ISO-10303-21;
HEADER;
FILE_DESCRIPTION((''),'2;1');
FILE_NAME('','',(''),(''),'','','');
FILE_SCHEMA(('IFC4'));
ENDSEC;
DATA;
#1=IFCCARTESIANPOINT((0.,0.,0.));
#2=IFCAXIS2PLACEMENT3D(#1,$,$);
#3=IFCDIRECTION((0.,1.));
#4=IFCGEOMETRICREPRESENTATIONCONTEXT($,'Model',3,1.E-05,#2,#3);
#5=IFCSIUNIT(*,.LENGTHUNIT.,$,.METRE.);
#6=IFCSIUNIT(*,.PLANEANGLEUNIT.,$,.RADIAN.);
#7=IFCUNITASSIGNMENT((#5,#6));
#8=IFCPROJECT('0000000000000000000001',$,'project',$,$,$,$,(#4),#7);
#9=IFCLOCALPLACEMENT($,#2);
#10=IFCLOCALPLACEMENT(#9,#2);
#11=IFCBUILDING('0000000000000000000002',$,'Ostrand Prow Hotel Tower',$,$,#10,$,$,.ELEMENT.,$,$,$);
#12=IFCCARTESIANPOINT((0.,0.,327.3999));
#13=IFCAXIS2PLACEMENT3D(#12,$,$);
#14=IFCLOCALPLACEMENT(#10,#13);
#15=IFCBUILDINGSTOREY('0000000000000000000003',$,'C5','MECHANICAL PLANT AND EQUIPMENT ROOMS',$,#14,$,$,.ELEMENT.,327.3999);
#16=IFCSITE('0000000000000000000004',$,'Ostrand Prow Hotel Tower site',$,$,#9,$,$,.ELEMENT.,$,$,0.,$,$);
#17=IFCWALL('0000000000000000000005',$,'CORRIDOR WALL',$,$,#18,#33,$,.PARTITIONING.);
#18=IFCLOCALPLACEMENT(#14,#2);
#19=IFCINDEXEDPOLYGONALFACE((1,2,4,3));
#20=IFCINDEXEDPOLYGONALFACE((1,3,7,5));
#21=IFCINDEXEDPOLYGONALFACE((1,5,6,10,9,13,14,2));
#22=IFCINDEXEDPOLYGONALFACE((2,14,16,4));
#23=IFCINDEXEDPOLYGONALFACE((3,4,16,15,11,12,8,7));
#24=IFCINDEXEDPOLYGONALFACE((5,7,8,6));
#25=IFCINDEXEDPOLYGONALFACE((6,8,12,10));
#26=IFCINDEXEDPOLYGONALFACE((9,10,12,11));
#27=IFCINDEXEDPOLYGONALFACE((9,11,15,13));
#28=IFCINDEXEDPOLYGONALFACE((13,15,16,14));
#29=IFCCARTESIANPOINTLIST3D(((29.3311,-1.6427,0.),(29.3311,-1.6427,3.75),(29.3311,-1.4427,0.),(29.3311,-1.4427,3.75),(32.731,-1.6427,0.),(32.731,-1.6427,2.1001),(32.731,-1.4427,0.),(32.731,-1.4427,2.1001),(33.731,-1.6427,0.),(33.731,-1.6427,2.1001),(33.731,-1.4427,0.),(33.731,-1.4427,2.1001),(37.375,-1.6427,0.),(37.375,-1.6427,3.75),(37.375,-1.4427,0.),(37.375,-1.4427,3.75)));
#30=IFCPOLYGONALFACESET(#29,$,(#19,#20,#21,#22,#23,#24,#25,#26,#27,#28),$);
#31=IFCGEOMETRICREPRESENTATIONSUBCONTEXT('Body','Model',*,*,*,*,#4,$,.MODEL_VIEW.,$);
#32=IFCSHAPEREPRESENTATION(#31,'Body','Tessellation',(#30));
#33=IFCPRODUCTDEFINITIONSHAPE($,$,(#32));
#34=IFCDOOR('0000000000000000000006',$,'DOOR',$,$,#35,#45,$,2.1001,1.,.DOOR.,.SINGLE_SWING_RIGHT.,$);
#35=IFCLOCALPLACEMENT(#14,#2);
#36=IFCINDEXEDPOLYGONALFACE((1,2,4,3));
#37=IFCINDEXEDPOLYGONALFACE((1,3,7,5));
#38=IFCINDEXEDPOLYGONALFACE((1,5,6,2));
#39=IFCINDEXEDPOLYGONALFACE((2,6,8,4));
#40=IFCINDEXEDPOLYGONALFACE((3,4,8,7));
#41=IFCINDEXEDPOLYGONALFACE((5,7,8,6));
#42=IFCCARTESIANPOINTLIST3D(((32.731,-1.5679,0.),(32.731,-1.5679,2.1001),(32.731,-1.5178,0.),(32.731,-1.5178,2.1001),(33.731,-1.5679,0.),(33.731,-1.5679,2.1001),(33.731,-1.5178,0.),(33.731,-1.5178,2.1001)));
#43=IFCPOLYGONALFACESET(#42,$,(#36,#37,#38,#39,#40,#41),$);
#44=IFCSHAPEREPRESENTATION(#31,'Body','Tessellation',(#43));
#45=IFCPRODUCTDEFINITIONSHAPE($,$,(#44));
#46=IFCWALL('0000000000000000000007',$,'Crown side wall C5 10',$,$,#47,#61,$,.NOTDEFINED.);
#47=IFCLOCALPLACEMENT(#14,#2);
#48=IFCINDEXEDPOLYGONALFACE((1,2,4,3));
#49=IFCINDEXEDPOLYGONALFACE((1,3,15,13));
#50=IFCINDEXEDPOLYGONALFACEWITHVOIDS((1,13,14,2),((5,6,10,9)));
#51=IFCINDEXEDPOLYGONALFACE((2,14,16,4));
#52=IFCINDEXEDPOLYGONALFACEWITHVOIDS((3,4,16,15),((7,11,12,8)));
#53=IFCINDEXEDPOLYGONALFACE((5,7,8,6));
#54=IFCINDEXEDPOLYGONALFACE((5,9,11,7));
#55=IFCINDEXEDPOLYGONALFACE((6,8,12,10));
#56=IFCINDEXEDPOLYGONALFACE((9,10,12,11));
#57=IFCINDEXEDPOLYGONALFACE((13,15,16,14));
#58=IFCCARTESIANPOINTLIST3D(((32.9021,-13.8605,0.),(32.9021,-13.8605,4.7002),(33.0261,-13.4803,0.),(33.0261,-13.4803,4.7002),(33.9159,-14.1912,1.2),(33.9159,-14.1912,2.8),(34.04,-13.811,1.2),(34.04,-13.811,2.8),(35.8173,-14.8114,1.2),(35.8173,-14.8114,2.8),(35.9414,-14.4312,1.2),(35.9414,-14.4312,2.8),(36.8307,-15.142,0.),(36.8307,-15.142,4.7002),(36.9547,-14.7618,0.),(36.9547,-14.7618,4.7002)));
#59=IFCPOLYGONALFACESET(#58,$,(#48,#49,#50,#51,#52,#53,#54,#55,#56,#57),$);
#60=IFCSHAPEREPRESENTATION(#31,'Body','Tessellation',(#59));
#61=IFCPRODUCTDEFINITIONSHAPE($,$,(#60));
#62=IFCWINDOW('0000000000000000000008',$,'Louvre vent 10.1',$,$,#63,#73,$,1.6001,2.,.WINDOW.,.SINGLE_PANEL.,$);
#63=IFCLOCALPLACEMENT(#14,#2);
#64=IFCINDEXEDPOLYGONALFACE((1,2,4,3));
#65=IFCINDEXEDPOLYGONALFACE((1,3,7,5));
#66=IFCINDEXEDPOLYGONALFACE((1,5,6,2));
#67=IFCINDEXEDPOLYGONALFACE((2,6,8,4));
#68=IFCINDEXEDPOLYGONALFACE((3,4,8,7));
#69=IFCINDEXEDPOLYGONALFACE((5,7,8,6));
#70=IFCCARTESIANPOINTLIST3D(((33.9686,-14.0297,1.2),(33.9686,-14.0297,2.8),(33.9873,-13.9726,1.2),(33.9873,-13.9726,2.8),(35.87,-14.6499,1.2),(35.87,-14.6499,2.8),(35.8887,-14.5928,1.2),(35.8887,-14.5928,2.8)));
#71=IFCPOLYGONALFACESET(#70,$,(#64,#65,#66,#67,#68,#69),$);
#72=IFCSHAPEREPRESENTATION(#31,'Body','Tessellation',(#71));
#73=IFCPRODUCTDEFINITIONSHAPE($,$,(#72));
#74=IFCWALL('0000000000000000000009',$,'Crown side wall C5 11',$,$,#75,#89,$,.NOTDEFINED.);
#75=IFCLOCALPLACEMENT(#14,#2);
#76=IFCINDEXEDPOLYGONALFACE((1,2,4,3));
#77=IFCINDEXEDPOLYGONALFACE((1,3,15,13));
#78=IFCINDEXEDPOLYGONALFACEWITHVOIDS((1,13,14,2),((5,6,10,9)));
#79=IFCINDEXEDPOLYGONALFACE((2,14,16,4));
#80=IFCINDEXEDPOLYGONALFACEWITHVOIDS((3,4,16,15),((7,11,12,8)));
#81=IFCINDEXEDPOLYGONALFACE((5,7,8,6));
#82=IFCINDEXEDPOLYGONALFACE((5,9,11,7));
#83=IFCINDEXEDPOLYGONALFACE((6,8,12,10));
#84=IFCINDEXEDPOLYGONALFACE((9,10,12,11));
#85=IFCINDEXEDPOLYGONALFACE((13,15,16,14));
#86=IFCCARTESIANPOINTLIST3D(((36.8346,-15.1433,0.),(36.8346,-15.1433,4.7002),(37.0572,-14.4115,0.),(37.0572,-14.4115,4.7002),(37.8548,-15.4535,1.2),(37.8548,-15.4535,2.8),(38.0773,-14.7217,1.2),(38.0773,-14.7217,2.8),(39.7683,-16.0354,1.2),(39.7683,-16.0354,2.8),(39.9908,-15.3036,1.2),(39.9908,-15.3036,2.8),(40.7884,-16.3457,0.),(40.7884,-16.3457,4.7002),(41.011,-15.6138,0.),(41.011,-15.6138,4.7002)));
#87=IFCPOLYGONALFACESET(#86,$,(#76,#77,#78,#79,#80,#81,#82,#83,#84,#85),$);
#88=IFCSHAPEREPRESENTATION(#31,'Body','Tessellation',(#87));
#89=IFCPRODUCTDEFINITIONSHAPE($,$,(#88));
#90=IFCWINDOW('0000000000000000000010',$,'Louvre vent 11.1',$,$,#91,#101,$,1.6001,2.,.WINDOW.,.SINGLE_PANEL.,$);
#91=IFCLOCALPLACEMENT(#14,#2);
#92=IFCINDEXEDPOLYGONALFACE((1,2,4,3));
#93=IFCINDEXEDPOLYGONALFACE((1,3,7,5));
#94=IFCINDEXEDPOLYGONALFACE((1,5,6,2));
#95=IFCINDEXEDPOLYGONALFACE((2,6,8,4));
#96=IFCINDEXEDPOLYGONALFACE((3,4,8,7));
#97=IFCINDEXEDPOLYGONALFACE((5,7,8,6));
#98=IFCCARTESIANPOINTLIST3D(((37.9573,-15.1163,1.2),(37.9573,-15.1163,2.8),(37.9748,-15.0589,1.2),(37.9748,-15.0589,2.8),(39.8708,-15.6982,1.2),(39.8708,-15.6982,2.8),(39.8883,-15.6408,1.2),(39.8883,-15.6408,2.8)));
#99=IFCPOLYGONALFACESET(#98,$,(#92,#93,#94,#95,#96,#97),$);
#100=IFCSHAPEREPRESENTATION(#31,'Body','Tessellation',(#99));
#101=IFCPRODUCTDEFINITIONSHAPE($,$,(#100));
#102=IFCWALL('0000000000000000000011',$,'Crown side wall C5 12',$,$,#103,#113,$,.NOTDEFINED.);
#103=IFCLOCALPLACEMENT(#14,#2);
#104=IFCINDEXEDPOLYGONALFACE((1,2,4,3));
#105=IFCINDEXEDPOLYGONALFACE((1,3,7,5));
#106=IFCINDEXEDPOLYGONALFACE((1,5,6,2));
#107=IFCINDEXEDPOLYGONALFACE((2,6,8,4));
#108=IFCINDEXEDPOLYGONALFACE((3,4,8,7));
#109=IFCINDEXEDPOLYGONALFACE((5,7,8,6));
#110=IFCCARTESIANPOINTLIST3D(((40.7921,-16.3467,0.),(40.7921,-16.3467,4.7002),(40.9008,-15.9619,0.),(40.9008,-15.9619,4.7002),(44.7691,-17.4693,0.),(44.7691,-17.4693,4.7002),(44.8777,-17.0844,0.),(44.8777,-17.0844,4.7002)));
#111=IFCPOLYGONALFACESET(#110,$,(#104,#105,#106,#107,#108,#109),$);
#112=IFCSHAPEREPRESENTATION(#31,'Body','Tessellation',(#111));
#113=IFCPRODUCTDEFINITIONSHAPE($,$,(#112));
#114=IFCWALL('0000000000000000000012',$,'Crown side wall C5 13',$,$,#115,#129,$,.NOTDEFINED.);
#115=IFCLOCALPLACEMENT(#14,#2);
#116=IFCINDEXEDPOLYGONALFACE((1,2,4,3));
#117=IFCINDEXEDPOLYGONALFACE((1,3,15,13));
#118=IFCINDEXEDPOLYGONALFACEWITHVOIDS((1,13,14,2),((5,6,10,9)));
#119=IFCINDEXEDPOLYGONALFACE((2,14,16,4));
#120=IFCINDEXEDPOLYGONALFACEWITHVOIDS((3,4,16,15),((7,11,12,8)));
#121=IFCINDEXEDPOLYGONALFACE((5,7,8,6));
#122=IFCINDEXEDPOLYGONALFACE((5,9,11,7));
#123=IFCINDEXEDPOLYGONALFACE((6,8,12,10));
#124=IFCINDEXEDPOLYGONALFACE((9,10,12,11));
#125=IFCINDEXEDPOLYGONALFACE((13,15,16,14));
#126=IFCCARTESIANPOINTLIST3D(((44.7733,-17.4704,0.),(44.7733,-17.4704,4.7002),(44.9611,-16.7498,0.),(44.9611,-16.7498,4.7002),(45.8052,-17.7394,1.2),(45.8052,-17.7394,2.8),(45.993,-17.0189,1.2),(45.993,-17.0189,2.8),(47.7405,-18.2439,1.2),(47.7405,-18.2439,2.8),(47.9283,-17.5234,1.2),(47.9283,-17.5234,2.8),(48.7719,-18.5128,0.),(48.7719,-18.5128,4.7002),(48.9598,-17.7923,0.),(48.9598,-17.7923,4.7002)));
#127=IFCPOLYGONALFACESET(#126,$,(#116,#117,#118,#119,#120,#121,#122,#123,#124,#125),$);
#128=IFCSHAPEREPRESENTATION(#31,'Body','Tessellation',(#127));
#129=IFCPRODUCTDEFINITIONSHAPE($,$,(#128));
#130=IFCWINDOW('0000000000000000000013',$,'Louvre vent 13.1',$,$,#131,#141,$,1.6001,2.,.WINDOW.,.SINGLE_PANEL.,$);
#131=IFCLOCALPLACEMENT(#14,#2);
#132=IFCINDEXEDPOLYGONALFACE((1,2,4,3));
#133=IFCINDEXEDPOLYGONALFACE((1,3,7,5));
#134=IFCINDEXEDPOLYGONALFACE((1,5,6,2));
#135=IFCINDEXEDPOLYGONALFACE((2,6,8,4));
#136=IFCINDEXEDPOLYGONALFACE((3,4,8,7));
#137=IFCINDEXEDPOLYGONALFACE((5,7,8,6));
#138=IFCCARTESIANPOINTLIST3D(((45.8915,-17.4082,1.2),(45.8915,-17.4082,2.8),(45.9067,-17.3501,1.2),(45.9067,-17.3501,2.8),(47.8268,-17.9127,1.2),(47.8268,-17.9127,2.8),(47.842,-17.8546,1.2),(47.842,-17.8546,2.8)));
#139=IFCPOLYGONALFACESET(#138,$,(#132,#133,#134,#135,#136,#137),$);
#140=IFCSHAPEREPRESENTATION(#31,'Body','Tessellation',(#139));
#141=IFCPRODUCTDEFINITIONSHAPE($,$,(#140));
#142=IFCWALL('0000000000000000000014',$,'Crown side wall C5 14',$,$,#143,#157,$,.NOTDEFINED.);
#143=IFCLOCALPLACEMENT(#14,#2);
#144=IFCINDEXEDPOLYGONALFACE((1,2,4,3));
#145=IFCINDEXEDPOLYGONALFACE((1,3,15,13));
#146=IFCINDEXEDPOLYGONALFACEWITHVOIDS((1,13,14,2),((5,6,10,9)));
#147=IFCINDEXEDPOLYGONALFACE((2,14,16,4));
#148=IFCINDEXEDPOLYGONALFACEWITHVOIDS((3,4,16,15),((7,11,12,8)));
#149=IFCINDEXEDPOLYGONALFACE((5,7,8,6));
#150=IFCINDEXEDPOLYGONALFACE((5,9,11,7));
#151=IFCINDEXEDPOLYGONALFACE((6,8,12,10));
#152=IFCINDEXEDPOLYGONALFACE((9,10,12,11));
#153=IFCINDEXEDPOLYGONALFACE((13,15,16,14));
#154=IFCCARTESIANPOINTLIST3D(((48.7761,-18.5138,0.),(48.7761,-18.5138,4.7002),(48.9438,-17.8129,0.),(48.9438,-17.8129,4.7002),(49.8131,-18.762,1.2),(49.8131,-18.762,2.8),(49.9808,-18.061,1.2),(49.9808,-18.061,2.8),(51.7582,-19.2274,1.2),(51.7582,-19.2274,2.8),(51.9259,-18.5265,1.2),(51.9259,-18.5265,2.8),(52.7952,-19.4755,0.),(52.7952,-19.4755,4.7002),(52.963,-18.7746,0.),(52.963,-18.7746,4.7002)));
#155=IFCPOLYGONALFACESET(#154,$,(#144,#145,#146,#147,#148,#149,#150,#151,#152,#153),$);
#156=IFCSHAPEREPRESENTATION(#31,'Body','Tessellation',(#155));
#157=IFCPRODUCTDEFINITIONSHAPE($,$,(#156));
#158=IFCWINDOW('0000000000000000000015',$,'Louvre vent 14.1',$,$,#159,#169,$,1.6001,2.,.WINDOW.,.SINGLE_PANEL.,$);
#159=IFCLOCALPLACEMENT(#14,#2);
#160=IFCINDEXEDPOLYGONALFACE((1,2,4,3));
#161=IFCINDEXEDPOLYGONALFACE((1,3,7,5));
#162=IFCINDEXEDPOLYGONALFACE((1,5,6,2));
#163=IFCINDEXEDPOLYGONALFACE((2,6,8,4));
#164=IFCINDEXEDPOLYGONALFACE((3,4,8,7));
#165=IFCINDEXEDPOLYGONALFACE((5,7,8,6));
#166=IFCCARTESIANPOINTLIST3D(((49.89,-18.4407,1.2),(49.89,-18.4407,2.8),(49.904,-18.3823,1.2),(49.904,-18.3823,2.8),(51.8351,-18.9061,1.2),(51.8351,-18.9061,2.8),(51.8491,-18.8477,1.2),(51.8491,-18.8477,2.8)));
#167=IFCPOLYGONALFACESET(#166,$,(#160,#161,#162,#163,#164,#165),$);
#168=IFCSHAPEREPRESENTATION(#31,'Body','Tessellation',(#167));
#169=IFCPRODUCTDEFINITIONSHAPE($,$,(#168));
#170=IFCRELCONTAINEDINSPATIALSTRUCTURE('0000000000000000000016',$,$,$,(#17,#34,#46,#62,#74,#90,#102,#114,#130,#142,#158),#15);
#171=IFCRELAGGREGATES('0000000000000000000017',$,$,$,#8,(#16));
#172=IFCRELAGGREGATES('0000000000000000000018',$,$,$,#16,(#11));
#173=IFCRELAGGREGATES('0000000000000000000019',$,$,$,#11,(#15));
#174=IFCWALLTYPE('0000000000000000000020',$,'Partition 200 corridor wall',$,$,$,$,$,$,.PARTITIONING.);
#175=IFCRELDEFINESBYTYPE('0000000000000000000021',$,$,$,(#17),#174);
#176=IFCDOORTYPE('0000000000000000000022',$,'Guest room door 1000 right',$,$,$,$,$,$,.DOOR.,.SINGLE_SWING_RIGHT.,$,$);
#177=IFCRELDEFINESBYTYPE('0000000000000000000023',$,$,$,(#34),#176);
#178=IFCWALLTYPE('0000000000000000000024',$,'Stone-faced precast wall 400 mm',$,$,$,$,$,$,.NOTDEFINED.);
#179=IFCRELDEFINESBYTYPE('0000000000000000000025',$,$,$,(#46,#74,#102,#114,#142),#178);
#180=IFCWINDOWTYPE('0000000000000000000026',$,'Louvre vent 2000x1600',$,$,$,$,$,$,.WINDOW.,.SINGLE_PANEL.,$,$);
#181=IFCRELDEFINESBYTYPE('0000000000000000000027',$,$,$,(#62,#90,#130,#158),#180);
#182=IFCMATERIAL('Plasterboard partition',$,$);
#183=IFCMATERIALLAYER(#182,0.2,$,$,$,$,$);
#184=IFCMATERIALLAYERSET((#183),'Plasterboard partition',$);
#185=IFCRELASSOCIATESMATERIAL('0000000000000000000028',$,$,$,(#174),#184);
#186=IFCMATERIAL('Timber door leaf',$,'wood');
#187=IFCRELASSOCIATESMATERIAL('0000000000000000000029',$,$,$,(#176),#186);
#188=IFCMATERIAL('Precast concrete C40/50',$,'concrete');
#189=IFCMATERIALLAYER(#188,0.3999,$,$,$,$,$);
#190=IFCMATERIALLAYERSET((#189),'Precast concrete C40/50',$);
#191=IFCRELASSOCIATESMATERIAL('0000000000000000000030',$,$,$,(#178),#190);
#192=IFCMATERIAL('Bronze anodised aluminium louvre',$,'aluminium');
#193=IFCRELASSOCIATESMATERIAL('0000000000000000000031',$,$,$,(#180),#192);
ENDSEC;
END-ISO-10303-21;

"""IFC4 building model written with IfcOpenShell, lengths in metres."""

from ifc_helpers import new_model, si_unit, direction, frame, frame_2d, origin, place, context, subcontext, project, spatial, rectangle, extrude, material, layer, layer_set, type_object, element, fill, save


model = new_model("IFC4")

# Units and contexts
model_context = context("Model", 3, precision=1e-05, world=origin(), true_north=direction((0.0, 1.0)))
body_context = subcontext(model_context, "Body", "Model", "MODEL_VIEW")
ifc_project = project(units=[si_unit("LENGTHUNIT", "METRE"), si_unit("PLANEANGLEUNIT", "RADIAN")], contexts=[model_context])

# Site, building, storey
site_placement = place(None, origin())
site = spatial("IfcSite", under=ifc_project, at=site_placement, Name="Ostrand Prow Hotel Tower site", CompositionType="ELEMENT", RefElevation=0.0)
building_placement = place(site_placement, origin())
building = spatial("IfcBuilding", under=site, at=building_placement, Name="Ostrand Prow Hotel Tower", CompositionType="ELEMENT")
storey_placement = place(building_placement, frame((0.0, 0.0, 327.3999)))
storey = spatial("IfcBuildingStorey", under=building, at=storey_placement, Name="C5", Description="MECHANICAL PLANT AND EQUIPMENT ROOMS", CompositionType="ELEMENT", Elevation=327.3999)

# Wall, opening, door
ifc_material_1 = material(Name="Plasterboard partition")
ifc_layer_1 = layer(ifc_material_1, 0.2)
ifc_layer_set_1 = layer_set([ifc_layer_1], Name="Plasterboard partition")
wall_type_1 = type_object("IfcWallType", Name="Partition 200 corridor wall", PredefinedType="PARTITIONING", material=ifc_layer_set_1)
wall_1_placement = place(storey_placement, frame((29.3311, -1.5427, 0.0), z_axis=(0.0, 0.0, 1.0), x_axis=(1.0, 0.0, 0.0)))
wall_1 = element("IfcWall", 1, at=wall_1_placement, inside=storey, type_object=wall_type_1, Name="CORRIDOR WALL", PredefinedType="PARTITIONING", context=body_context, shape_type="SweptSolid", body=[
    extrude(rectangle(XDim=8.0439, YDim=0.2, at=frame_2d((4.022, 0.0))), origin(), (0.0, 0.0, 1.0), 3.75),
])
opening_1_placement = place(wall_1_placement, frame((3.3999, 0.0, 0.0)))
opening_1 = element("IfcOpeningElement", 2, at=opening_1_placement, cuts=wall_1, PredefinedType="OPENING", context=body_context, shape_type="SweptSolid", body=[
    extrude(rectangle(XDim=1.0, YDim=2.1001, at=frame_2d((0.5, 1.05))), frame((0.0, 0.1099, 0.0), z_axis=(0.0, -1.0, 0.0), x_axis=(1.0, 0.0, 0.0)), (0.0, 0.0, 1.0), 0.22),
])
ifc_material_2 = material(Name="Timber door leaf", Category="wood")
door_type_1 = type_object("IfcDoorType", Name="Guest room door 1000 right", OperationType="SINGLE_SWING_RIGHT", PredefinedType="DOOR", material=ifc_material_2)
door_1_placement = place(opening_1_placement, origin())
door_1 = element("IfcDoor", 3, at=door_1_placement, inside=storey, type_object=door_type_1, Name="DOOR", OperationType="SINGLE_SWING_RIGHT", OverallHeight=2.1001, OverallWidth=1.0, PredefinedType="DOOR", context=body_context, shape_type="SweptSolid", body=[
    extrude(rectangle(XDim=1.0, YDim=2.1001, at=frame_2d((0.5, 1.05))), frame((0.0, 0.0249, 0.0), z_axis=(0.0, -1.0, 0.0), x_axis=(1.0, 0.0, 0.0)), (0.0, 0.0, 1.0), 0.05),
])
fill(opening_1, door_1)

# Walls, openings, windows
ifc_material_3 = material(Name="Precast concrete C40/50", Category="concrete")
ifc_layer_2 = layer(ifc_material_3, 0.3999)
ifc_layer_set_2 = layer_set([ifc_layer_2], Name="Precast concrete C40/50")
wall_type_2 = type_object("IfcWallType", Name="Stone-faced precast wall 400 mm", PredefinedType="NOTDEFINED", material=ifc_layer_set_2)
wall_2_placement = place(storey_placement, frame((32.9641, -13.6704, 0.0), z_axis=(0.0, 0.0, 1.0), x_axis=(0.950702, -0.310107, 0.0)))
wall_2 = element("IfcWall", 4, at=wall_2_placement, inside=storey, type_object=wall_type_2, Name="Crown side wall C5 10", PredefinedType="NOTDEFINED", context=body_context, shape_type="SweptSolid", body=[
    extrude(rectangle(XDim=4.1323, YDim=0.3999, at=frame_2d((2.0662, 0.0))), origin(), (0.0, 0.0, 1.0), 4.7002),
])
opening_2_placement = place(wall_2_placement, frame((1.0664, 0.0, 1.2)))
opening_2 = element("IfcOpeningElement", 5, at=opening_2_placement, cuts=wall_2, PredefinedType="OPENING", context=body_context, shape_type="SweptSolid", body=[
    extrude(rectangle(XDim=2.0, YDim=1.6001, at=frame_2d((1.0, 0.8))), frame((0.0, 0.21, 0.0), z_axis=(0.0, -1.0, 0.0), x_axis=(1.0, 0.0, 0.0)), (0.0, 0.0, 1.0), 0.4199),
])
ifc_material_4 = material(Name="Bronze anodised aluminium louvre", Category="aluminium")
window_type = type_object("IfcWindowType", Name="Louvre vent 2000x1600", PartitioningType="SINGLE_PANEL", PredefinedType="WINDOW", material=ifc_material_4)
window_1_placement = place(opening_2_placement, origin())
window_1 = element("IfcWindow", 6, at=window_1_placement, inside=storey, type_object=window_type, Name="Louvre vent 10.1", OverallHeight=1.6001, OverallWidth=2.0, PartitioningType="SINGLE_PANEL", PredefinedType="WINDOW", context=body_context, shape_type="SweptSolid", body=[
    extrude(rectangle(XDim=2.0, YDim=1.6001, at=frame_2d((1.0, 0.8))), frame((0.0, 0.03, 0.0), z_axis=(0.0, -1.0, 0.0), x_axis=(1.0, 0.0, 0.0)), (0.0, 0.0, 1.0), 0.0601),
])
fill(opening_2, window_1)
wall_3_placement = place(storey_placement, frame((36.9458, -14.7773, 0.0), z_axis=(0.0, 0.0, 1.0), x_axis=(0.956738, -0.29095, 0.0)))
wall_3 = element("IfcWall", 7, at=wall_3_placement, inside=storey, type_object=wall_type_2, Name="Crown side wall C5 11", PredefinedType="NOTDEFINED", context=body_context, shape_type="SweptSolid", body=[
    extrude(rectangle(XDim=4.1326, YDim=0.7649, at=frame_2d((2.0664, 0.0))), origin(), (0.0, 0.0, 1.0), 4.7002),
])
opening_3_placement = place(wall_3_placement, frame((1.0664, 0.0, 1.2)))
opening_3 = element("IfcOpeningElement", 8, at=opening_3_placement, cuts=wall_3, PredefinedType="OPENING", context=body_context, shape_type="SweptSolid", body=[
    extrude(rectangle(XDim=2.0, YDim=1.6001, at=frame_2d((1.0, 0.8))), frame((0.0, 0.3923, 0.0), z_axis=(0.0, -1.0, 0.0), x_axis=(1.0, 0.0, 0.0)), (0.0, 0.0, 1.0), 0.7849),
])
window_2_placement = place(opening_3_placement, origin())
window_2 = element("IfcWindow", 9, at=window_2_placement, inside=storey, type_object=window_type, Name="Louvre vent 11.1", OverallHeight=1.6001, OverallWidth=2.0, PartitioningType="SINGLE_PANEL", PredefinedType="WINDOW", context=body_context, shape_type="SweptSolid", body=[
    extrude(rectangle(XDim=2.0, YDim=1.6001, at=frame_2d((1.0, 0.8))), frame((0.0, 0.03, 0.0), z_axis=(0.0, -1.0, 0.0), x_axis=(1.0, 0.0, 0.0)), (0.0, 0.0, 1.0), 0.0601),
])
fill(opening_3, window_2)

# Wall
wall_4_placement = place(storey_placement, frame((40.8464, -16.1543, 0.0), z_axis=(0.0, 0.0, 1.0), x_axis=(0.962397, -0.271645, 0.0)))
element("IfcWall", 10, at=wall_4_placement, inside=storey, type_object=wall_type_2, Name="Crown side wall C5 12", PredefinedType="NOTDEFINED", context=body_context, shape_type="SweptSolid", body=[
    extrude(rectangle(XDim=4.1323, YDim=0.3999, at=frame_2d((2.0662, 0.0))), origin(), (0.0, 0.0, 1.0), 4.7002),
])

# Walls, openings, windows
wall_5_placement = place(storey_placement, frame((44.8672, -17.1101, 0.0), z_axis=(0.0, 0.0, 1.0), x_axis=(0.967657, -0.252268, 0.0)))
wall_5 = element("IfcWall", 11, at=wall_5_placement, inside=storey, type_object=wall_type_2, Name="Crown side wall C5 13", PredefinedType="NOTDEFINED", context=body_context, shape_type="SweptSolid", body=[
    extrude(rectangle(XDim=4.1323, YDim=0.7446, at=frame_2d((2.0662, 0.0))), origin(), (0.0, 0.0, 1.0), 4.7002),
])
opening_4_placement = place(wall_5_placement, frame((1.0664, 0.0, 1.2)))
opening_4 = element("IfcOpeningElement", 12, at=opening_4_placement, cuts=wall_5, PredefinedType="OPENING", context=body_context, shape_type="SweptSolid", body=[
    extrude(rectangle(XDim=2.0, YDim=1.6001, at=frame_2d((1.0, 0.8))), frame((0.0, 0.3823, 0.0), z_axis=(0.0, -1.0, 0.0), x_axis=(1.0, 0.0, 0.0)), (0.0, 0.0, 1.0), 0.7646),
])
window_3_placement = place(opening_4_placement, origin())
window_3 = element("IfcWindow", 13, at=window_3_placement, inside=storey, type_object=window_type, Name="Louvre vent 13.1", OverallHeight=1.6001, OverallWidth=2.0, PartitioningType="SINGLE_PANEL", PredefinedType="WINDOW", context=body_context, shape_type="SweptSolid", body=[
    extrude(rectangle(XDim=2.0, YDim=1.6001, at=frame_2d((1.0, 0.8))), frame((0.0, 0.03, 0.0), z_axis=(0.0, -1.0, 0.0), x_axis=(1.0, 0.0, 0.0)), (0.0, 0.0, 1.0), 0.0601),
])
fill(opening_4, window_3)
wall_6_placement = place(storey_placement, frame((48.8599, -18.1633, 0.0), z_axis=(0.0, 0.0, 1.0), x_axis=(0.972546, -0.232709, 0.0)))
wall_6 = element("IfcWall", 14, at=wall_6_placement, inside=storey, type_object=wall_type_2, Name="Crown side wall C5 14", PredefinedType="NOTDEFINED", context=body_context, shape_type="SweptSolid", body=[
    extrude(rectangle(XDim=4.1326, YDim=0.7207, at=frame_2d((2.0664, 0.0))), origin(), (0.0, 0.0, 1.0), 4.7002),
])
opening_5_placement = place(wall_6_placement, frame((1.0664, 0.0, 1.2)))
opening_5 = element("IfcOpeningElement", 15, at=opening_5_placement, cuts=wall_6, PredefinedType="OPENING", context=body_context, shape_type="SweptSolid", body=[
    extrude(rectangle(XDim=2.0, YDim=1.6001, at=frame_2d((1.0, 0.8))), frame((0.0, 0.3704, 0.0), z_axis=(0.0, -1.0, 0.0), x_axis=(1.0, 0.0, 0.0)), (0.0, 0.0, 1.0), 0.7407),
])
window_4_placement = place(opening_5_placement, origin())
window_4 = element("IfcWindow", 16, at=window_4_placement, inside=storey, type_object=window_type, Name="Louvre vent 14.1", OverallHeight=1.6001, OverallWidth=2.0, PartitioningType="SINGLE_PANEL", PredefinedType="WINDOW", context=body_context, shape_type="SweptSolid", body=[
    extrude(rectangle(XDim=2.0, YDim=1.6001, at=frame_2d((1.0, 0.8))), frame((0.0, 0.03, 0.0), z_axis=(0.0, -1.0, 0.0), x_axis=(1.0, 0.0, 0.0)), (0.0, 0.0, 1.0), 0.0601),
])
fill(opening_5, window_4)

save(model, "model.ifc")
